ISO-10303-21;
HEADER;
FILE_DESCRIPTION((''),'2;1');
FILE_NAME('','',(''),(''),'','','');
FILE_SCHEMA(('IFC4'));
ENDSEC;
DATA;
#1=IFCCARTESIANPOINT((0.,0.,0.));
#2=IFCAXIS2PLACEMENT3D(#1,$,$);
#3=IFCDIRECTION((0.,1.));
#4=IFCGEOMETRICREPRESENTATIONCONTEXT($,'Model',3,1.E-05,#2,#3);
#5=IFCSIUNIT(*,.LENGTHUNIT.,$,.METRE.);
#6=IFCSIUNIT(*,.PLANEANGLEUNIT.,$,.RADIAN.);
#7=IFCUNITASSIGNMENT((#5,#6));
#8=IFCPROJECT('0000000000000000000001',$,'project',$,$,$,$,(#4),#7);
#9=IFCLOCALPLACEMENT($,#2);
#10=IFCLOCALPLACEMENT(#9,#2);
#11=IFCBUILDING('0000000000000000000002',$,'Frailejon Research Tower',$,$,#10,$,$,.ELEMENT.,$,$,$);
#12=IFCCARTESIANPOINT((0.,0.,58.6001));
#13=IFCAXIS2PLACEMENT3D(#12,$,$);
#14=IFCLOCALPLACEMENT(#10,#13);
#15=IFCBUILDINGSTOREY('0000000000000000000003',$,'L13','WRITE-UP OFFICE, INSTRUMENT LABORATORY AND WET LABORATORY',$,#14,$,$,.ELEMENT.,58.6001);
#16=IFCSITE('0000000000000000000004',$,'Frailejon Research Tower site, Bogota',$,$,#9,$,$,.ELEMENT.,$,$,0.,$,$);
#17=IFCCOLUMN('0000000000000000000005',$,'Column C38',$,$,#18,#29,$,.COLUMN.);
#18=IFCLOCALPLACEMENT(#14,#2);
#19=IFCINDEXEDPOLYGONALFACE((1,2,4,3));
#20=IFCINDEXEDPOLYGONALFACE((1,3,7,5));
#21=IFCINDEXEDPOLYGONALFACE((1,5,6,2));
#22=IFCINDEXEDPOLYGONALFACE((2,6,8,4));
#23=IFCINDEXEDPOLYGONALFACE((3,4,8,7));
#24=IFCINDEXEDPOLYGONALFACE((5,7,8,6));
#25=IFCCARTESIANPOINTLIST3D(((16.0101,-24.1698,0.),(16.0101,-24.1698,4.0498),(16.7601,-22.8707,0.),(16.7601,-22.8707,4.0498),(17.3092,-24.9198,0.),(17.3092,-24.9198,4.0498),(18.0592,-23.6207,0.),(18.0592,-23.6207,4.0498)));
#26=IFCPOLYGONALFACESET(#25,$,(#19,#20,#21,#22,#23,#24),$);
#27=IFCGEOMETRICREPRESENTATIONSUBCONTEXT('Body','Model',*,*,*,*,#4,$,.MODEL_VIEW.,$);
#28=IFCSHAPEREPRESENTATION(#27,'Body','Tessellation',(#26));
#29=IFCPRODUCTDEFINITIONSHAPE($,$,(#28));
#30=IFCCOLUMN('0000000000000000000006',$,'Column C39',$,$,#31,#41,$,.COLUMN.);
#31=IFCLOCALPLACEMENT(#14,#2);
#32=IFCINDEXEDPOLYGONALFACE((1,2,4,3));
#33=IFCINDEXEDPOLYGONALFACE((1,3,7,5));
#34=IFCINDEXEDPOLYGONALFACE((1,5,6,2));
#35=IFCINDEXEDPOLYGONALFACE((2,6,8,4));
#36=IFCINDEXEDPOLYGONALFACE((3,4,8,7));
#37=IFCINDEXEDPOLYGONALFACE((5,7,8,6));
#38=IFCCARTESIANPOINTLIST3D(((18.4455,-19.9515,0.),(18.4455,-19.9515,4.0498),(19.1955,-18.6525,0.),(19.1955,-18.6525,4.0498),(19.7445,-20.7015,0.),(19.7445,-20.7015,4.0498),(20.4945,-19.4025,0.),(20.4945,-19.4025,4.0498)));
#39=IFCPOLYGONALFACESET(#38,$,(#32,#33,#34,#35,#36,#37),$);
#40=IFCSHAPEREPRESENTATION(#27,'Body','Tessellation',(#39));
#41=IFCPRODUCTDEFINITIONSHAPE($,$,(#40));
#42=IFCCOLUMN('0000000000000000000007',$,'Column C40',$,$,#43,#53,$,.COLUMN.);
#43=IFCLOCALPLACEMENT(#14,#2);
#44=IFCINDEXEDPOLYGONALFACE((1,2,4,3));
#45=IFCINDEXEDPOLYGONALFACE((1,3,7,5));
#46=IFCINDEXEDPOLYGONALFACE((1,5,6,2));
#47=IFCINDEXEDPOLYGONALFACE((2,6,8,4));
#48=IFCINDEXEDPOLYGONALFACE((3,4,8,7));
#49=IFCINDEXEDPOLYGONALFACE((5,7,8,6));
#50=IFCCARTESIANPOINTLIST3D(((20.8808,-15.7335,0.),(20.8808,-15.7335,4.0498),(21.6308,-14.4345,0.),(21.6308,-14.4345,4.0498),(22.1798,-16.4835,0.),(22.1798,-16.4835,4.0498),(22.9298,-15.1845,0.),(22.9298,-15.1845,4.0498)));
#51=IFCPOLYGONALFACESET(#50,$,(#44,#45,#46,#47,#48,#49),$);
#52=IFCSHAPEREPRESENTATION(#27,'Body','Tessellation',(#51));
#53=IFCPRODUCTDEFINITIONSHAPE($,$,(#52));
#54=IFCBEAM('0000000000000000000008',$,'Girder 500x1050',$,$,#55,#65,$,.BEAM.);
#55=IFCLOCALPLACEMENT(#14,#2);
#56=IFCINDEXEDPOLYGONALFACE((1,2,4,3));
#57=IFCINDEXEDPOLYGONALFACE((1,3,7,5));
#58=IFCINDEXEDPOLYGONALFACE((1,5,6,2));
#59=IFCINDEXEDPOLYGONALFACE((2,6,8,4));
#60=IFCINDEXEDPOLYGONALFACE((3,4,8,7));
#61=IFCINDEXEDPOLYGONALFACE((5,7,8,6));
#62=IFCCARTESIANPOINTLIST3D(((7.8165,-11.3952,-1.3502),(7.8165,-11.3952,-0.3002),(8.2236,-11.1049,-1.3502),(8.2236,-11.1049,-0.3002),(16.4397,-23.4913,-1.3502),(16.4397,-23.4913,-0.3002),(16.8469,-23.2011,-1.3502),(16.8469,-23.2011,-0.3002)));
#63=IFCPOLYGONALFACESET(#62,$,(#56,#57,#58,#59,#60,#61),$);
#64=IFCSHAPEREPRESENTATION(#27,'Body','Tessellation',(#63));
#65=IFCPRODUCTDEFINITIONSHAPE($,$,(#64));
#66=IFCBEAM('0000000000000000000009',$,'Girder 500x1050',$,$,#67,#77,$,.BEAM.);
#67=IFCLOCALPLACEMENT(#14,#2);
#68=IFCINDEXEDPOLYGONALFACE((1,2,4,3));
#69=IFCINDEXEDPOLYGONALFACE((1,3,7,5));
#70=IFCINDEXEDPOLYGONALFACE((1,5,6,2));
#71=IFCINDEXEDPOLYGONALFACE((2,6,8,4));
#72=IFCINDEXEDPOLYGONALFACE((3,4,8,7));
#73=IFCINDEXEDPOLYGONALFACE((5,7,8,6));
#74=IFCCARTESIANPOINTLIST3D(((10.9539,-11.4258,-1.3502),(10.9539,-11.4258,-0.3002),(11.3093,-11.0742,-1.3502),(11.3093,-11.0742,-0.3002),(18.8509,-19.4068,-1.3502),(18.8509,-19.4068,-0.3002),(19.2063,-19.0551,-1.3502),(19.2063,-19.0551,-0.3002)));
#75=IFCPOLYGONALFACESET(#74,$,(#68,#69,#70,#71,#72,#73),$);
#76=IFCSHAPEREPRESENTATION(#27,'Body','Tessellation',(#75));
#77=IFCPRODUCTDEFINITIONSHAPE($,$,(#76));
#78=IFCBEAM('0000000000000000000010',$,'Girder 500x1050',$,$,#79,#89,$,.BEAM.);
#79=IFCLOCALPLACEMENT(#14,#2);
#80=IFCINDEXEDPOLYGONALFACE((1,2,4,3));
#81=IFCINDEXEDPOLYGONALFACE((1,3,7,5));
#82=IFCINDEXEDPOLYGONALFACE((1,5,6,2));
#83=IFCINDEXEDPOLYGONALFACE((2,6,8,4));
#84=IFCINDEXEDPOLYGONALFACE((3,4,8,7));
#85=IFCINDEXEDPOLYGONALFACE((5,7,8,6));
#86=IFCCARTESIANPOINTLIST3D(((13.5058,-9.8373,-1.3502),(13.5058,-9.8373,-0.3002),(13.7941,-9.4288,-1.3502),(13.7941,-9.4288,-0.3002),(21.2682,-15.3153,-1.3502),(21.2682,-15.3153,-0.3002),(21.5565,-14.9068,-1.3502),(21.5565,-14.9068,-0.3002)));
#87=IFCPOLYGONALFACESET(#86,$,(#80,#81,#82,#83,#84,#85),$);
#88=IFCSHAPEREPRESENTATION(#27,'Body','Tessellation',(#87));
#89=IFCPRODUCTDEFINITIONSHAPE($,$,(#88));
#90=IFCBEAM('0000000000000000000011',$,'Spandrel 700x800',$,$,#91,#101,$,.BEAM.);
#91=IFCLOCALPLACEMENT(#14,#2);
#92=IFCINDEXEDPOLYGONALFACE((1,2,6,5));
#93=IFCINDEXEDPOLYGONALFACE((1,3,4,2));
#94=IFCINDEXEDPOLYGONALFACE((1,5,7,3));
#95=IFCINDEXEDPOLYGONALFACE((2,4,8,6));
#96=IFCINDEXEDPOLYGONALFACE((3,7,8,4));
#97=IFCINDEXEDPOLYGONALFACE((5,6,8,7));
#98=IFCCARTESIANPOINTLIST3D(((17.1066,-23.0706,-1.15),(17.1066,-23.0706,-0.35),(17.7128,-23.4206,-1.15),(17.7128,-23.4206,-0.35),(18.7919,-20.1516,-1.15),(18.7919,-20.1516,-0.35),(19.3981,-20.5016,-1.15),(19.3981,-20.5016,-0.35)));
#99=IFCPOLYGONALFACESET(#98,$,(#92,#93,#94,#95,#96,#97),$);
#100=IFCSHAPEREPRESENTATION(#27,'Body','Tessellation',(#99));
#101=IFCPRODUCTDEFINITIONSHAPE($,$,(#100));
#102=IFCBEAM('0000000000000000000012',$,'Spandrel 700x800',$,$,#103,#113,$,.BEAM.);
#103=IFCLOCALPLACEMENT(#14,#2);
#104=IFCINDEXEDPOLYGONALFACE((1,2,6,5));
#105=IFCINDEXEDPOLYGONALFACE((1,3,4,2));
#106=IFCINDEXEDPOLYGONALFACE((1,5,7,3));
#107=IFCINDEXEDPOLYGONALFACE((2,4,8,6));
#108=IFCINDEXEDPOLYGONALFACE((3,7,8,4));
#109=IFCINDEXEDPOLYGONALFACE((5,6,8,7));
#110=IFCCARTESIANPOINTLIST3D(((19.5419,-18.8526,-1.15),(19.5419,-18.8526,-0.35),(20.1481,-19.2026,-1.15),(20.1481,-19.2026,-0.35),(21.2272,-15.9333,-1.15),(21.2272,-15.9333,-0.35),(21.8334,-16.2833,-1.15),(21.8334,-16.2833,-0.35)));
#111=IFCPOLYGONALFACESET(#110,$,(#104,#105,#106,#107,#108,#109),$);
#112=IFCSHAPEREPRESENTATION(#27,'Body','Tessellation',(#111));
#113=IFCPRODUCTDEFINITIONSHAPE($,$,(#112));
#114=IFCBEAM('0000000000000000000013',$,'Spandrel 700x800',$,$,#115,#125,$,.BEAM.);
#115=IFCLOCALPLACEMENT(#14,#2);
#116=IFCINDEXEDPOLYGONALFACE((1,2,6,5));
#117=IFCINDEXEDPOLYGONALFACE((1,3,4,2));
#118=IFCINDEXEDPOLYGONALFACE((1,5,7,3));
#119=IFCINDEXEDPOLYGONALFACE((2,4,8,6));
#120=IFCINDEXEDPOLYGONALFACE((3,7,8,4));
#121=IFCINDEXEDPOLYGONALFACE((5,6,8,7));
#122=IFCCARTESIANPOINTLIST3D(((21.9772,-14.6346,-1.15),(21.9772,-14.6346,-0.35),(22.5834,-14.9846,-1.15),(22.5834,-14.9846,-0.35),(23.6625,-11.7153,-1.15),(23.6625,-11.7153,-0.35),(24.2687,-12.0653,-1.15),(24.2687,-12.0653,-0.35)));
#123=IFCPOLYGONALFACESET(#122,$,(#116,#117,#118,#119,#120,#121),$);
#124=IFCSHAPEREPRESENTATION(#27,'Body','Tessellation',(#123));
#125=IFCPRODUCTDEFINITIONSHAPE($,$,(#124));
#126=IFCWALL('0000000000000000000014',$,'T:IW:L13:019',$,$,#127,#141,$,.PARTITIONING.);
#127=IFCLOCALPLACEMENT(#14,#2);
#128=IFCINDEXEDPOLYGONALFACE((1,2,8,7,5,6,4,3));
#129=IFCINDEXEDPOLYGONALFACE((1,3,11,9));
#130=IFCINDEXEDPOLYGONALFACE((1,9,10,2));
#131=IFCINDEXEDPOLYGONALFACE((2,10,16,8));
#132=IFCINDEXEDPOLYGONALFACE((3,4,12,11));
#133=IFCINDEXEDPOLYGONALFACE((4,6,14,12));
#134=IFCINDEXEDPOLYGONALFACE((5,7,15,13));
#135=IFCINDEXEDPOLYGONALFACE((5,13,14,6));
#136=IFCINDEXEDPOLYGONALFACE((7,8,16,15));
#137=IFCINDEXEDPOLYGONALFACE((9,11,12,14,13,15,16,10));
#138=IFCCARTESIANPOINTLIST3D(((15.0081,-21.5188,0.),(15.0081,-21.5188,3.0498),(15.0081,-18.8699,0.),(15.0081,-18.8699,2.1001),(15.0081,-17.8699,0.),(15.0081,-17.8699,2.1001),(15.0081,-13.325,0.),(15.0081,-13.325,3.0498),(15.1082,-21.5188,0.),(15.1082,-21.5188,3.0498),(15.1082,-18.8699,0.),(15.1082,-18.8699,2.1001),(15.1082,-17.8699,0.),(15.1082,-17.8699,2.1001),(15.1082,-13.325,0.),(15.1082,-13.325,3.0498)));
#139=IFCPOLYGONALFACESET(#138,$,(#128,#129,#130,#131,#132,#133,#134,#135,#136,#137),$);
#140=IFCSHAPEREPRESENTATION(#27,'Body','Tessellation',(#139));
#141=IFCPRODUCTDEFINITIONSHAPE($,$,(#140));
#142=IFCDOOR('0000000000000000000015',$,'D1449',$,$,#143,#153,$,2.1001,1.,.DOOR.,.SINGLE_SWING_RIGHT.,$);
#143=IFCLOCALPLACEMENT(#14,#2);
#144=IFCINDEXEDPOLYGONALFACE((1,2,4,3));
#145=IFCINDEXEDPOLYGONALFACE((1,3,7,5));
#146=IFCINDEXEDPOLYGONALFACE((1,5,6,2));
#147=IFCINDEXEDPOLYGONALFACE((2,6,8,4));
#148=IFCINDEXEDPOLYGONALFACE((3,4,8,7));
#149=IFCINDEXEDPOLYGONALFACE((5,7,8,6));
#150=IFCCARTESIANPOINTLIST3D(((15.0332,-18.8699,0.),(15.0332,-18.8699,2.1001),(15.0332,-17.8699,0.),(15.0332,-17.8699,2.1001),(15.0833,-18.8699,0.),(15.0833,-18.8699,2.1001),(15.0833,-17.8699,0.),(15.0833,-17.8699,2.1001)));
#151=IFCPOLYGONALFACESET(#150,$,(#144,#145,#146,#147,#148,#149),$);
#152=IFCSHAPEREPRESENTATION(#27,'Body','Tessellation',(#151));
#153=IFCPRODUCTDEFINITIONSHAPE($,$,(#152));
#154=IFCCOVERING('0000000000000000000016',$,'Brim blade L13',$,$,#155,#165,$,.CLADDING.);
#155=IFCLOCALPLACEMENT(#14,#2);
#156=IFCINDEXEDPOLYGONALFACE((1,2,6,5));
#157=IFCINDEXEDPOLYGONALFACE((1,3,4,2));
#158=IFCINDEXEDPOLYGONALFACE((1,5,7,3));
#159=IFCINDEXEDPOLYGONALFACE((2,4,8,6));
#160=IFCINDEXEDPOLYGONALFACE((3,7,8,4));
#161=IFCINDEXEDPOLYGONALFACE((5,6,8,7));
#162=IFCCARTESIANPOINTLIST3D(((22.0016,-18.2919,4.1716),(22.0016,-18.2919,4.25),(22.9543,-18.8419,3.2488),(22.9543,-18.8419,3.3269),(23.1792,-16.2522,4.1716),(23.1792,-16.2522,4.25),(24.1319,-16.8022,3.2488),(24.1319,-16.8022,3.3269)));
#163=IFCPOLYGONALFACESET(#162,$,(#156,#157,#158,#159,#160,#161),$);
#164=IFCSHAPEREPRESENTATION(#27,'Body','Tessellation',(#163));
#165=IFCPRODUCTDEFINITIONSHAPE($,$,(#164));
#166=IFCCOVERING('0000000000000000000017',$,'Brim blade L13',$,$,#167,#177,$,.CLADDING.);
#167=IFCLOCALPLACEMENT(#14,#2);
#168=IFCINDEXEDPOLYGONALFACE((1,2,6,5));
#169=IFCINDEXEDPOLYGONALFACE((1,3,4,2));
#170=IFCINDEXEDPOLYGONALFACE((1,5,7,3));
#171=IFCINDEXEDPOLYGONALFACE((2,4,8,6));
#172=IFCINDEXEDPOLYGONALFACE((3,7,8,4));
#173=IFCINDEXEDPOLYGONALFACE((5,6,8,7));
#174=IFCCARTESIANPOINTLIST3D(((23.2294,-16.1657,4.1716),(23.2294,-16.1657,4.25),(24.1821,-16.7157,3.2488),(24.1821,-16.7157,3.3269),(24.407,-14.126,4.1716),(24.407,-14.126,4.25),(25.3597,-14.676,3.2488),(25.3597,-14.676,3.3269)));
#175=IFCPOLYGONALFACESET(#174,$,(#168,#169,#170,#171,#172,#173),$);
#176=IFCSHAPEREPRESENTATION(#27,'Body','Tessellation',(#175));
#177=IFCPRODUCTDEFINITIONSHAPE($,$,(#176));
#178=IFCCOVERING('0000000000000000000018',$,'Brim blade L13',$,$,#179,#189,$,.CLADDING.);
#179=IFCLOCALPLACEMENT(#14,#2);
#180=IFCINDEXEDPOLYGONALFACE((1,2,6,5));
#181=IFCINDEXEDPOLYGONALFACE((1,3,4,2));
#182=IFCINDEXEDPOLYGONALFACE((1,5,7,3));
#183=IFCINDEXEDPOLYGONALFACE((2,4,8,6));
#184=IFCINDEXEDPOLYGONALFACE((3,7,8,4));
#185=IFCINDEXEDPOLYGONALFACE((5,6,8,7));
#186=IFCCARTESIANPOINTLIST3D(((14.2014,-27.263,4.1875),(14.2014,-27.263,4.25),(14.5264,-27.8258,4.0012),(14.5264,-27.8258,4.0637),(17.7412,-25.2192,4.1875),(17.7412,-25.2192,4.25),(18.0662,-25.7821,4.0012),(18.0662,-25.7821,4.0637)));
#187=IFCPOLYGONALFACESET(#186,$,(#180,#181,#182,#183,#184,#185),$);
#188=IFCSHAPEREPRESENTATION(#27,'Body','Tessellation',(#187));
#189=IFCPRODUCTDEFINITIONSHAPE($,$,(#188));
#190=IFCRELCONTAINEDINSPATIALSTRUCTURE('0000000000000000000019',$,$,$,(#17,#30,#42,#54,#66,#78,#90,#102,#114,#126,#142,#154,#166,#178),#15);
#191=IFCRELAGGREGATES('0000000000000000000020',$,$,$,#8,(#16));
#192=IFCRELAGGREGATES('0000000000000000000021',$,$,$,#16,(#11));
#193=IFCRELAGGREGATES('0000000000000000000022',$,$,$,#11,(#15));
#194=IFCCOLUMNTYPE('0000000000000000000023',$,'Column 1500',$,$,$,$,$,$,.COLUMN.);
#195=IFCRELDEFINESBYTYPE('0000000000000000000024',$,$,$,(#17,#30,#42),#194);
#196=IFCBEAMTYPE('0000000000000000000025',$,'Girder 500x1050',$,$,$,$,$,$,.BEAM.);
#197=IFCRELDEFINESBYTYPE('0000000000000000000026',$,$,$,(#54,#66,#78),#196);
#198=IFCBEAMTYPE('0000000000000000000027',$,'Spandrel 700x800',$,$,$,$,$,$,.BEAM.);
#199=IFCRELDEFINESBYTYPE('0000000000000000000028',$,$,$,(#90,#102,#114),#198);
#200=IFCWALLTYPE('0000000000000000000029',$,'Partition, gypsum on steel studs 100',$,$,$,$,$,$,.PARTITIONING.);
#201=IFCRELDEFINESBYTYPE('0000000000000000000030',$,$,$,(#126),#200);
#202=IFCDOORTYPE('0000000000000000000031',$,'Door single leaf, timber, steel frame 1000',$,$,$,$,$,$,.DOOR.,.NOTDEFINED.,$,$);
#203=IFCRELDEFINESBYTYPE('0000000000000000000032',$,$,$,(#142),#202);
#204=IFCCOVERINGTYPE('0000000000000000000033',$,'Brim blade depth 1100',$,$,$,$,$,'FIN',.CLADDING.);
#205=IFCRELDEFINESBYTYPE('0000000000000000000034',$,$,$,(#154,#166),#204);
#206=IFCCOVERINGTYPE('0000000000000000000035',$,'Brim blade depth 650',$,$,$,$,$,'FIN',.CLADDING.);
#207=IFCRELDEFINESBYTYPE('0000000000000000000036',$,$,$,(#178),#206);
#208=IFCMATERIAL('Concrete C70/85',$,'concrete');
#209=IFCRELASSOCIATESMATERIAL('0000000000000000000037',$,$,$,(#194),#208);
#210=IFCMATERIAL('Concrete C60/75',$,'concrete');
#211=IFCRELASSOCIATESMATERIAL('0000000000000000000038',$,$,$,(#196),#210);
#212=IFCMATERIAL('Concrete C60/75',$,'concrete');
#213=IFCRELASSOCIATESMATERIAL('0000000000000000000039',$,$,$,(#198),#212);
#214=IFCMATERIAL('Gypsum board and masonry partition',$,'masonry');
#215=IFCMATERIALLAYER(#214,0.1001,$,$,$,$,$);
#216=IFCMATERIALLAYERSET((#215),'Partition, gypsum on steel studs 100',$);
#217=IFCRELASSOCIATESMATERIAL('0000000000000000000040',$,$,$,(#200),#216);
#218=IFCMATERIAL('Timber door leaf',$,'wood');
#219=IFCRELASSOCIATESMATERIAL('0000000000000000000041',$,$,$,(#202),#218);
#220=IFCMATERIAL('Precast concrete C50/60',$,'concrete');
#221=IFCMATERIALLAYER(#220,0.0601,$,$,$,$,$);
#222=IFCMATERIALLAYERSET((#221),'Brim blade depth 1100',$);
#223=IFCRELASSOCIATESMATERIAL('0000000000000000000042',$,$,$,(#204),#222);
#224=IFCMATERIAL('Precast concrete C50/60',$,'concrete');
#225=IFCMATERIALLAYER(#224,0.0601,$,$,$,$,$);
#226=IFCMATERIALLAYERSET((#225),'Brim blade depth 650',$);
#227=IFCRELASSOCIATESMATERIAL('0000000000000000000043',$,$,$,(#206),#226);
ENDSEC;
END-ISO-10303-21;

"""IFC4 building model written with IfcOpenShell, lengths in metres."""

from ifc_helpers import new_model, si_unit, direction, frame, frame_2d, origin, origin_2d, place, context, subcontext, project, spatial, polyline, rectangle, outline, extrude, material, layer, layer_set, material_profile, profile_set, type_object, element, fill, save


model = new_model("IFC4")

# Units and contexts
model_context = context("Model", 3, precision=1e-05, world=origin(), true_north=direction((0.0, 1.0)))
body_context = subcontext(model_context, "Body", "Model", "MODEL_VIEW")
ifc_project = project(units=[si_unit("LENGTHUNIT", "METRE"), si_unit("PLANEANGLEUNIT", "RADIAN")], contexts=[model_context])

# Site, building, storey
site_placement = place(None, origin())
site = spatial("IfcSite", under=ifc_project, at=site_placement, Name="Frailejon Research Tower site, Bogota", CompositionType="ELEMENT", RefElevation=0.0)
building_placement = place(site_placement, origin())
building = spatial("IfcBuilding", under=site, at=building_placement, Name="Frailejon Research Tower", CompositionType="ELEMENT")
storey_placement = place(building_placement, frame((0.0, 0.0, 58.6001)))
storey = spatial("IfcBuildingStorey", under=building, at=storey_placement, Name="L13", Description="WRITE-UP OFFICE, INSTRUMENT LABORATORY AND WET LABORATORY", CompositionType="ELEMENT", Elevation=58.6001)

# Columns
ifc_material_1 = material(Name="Concrete C70/85", Category="concrete")
ifc_material_profile_1 = material_profile(ifc_material_1, rectangle(XDim=1.5, YDim=1.5, at=origin_2d()), Name="Column 1500")
ifc_profile_set_1 = profile_set([ifc_material_profile_1], Name="Concrete C70/85")
column_type = type_object("IfcColumnType", Name="Column 1500", PredefinedType="COLUMN", material=ifc_profile_set_1)
for number, where, z_axis, x_axis, name in (
    (1, (17.0347, -23.8953, 0.0), (0.0, 0.0, 1.0), (0.5, 0.866025, 0.0), "Column C38"),
    (2, (19.47, -19.677, 0.0), (0.0, 0.0, 1.0), (0.5, 0.866025, 0.0), "Column C39"),
    (3, (21.9053, -15.459, 0.0), (0.0, 0.0, 1.0), (0.5, 0.866025, 0.0), "Column C40"),
):
    element("IfcColumn", number, at=place(storey_placement, frame(where, z_axis=z_axis, x_axis=x_axis)), inside=storey, type_object=column_type, Name=name, PredefinedType="COLUMN", context=body_context, shape_type="SweptSolid", body=[
        extrude(rectangle(XDim=1.5, YDim=1.5, at=origin_2d()), origin(), (0.0, 0.0, 1.0), 4.0498),
    ])

# Beams
ifc_material_2 = material(Name="Concrete C60/75", Category="concrete")
ifc_material_profile_2 = material_profile(ifc_material_2, rectangle(XDim=0.5, YDim=1.05, at=origin_2d()), Name="Girder 500x1050")
ifc_profile_set_2 = profile_set([ifc_material_profile_2], Name="Concrete C60/75")
beam_type_1 = type_object("IfcBeamType", Name="Girder 500x1050", PredefinedType="BEAM", material=ifc_profile_set_2)
beam_1_placement = place(storey_placement, frame((16.6433, -23.3462, -0.8252), z_axis=(-0.580487, 0.814269, 0.0), x_axis=(-0.814269, -0.580487, 0.0)))
element("IfcBeam", 4, at=beam_1_placement, inside=storey, type_object=beam_type_1, Name="Girder 500x1050", PredefinedType="BEAM", context=body_context, shape_type="SweptSolid", body=[
    extrude(rectangle(XDim=0.5, YDim=1.05, at=origin_2d()), origin(), (0.0, 0.0, 1.0), 14.8552),
])
beam_2_placement = place(storey_placement, frame((19.0286, -19.231, -0.8252), z_axis=(-0.703357, 0.710837, 0.0), x_axis=(-0.710837, -0.703357, 0.0)))
element("IfcBeam", 5, at=beam_2_placement, inside=storey, type_object=beam_type_1, Name="Girder 500x1050", PredefinedType="BEAM", context=body_context, shape_type="SweptSolid", body=[
    extrude(rectangle(XDim=0.5, YDim=1.05, at=origin_2d()), origin(), (0.0, 0.0, 1.0), 11.2275),
])
beam_3_placement = place(storey_placement, frame((21.4124, -15.1111, -0.8252), z_axis=(-0.817035, 0.576588, 0.0), x_axis=(-0.576588, -0.817035, 0.0)))
element("IfcBeam", 6, at=beam_3_placement, inside=storey, type_object=beam_type_1, Name="Girder 500x1050", PredefinedType="BEAM", context=body_context, shape_type="SweptSolid", body=[
    extrude(rectangle(XDim=0.5, YDim=1.05, at=origin_2d()), origin(), (0.0, 0.0, 1.0), 9.5007),
])
ifc_material_3 = material(Name="Concrete C60/75", Category="concrete")
ifc_material_profile_3 = material_profile(ifc_material_3, rectangle(XDim=0.7, YDim=0.8, at=origin_2d()), Name="Spandrel 700x800")
ifc_profile_set_3 = profile_set([ifc_material_profile_3], Name="Concrete C60/75")
beam_type_2 = type_object("IfcBeamType", Name="Spandrel 700x800", PredefinedType="BEAM", material=ifc_profile_set_3)
beam_4_placement = place(storey_placement, frame((17.4097, -23.2456, -0.75), z_axis=(0.500011, 0.866019, 0.0), x_axis=(-0.866019, 0.500011, 0.0)))
element("IfcBeam", 7, at=beam_4_placement, inside=storey, type_object=beam_type_2, Name="Spandrel 700x800", PredefinedType="BEAM", context=body_context, shape_type="SweptSolid", body=[
    extrude(rectangle(XDim=0.7, YDim=0.8, at=origin_2d()), origin(), (0.0, 0.0, 1.0), 3.3706),
])
for number, where, z_axis, x_axis, name in (
    (8, (19.845, -19.0276, -0.75), (0.49998, 0.866037, 0.0), (-0.866037, 0.49998, 0.0), "Spandrel 700x800"),
    (9, (22.2803, -14.8096, -0.75), (0.49998, 0.866037, 0.0), (-0.866037, 0.49998, 0.0), "Spandrel 700x800"),
):
    element("IfcBeam", number, at=place(storey_placement, frame(where, z_axis=z_axis, x_axis=x_axis)), inside=storey, type_object=beam_type_2, Name=name, PredefinedType="BEAM", context=body_context, shape_type="SweptSolid", body=[
        extrude(rectangle(XDim=0.7, YDim=0.8, at=origin_2d()), origin(), (0.0, 0.0, 1.0), 3.3708),
    ])

# Wall, opening, door
ifc_material_4 = material(Name="Gypsum board and masonry partition", Category="masonry")
ifc_layer_1 = layer(ifc_material_4, 0.1001)
ifc_layer_set_1 = layer_set([ifc_layer_1], Name="Partition, gypsum on steel studs 100")
wall_type = type_object("IfcWallType", Name="Partition, gypsum on steel studs 100", PredefinedType="PARTITIONING", material=ifc_layer_set_1)
wall_placement = place(storey_placement, frame((15.0581, -21.5188, 0.0), z_axis=(0.0, 0.0, 1.0), x_axis=(0.0, 1.0, 0.0)))
wall = element("IfcWall", 10, at=wall_placement, inside=storey, type_object=wall_type, Name="T:IW:L13:019", PredefinedType="PARTITIONING", context=body_context, shape_type="SweptSolid", body=[
    extrude(rectangle(XDim=8.1938, YDim=0.1001, at=frame_2d((4.0969, 0.0))), origin(), (0.0, 0.0, 1.0), 3.0498),
])
opening_placement = place(wall_placement, frame((2.6489, 0.0, 0.0)))
opening = element("IfcOpeningElement", 11, at=opening_placement, cuts=wall, PredefinedType="OPENING", context=body_context, shape_type="SweptSolid", body=[
    extrude(rectangle(XDim=1.0, YDim=2.1001, at=frame_2d((0.5, 1.05))), frame((0.0, 0.0601, 0.0), z_axis=(0.0, -1.0, 0.0), x_axis=(1.0, 0.0, 0.0)), (0.0, 0.0, 1.0), 0.1201),
])
ifc_material_5 = material(Name="Timber door leaf", Category="wood")
door_type = type_object("IfcDoorType", Name="Door single leaf, timber, steel frame 1000", OperationType="NOTDEFINED", PredefinedType="DOOR", material=ifc_material_5)
door_placement = place(opening_placement, origin())
door = element("IfcDoor", 12, at=door_placement, inside=storey, type_object=door_type, Name="D1449", OperationType="SINGLE_SWING_RIGHT", OverallHeight=2.1001, OverallWidth=1.0, PredefinedType="DOOR", context=body_context, shape_type="SweptSolid", body=[
    extrude(rectangle(XDim=1.0, YDim=2.1001, at=frame_2d((0.5, 1.05))), frame((0.0, 0.0249, 0.0), z_axis=(0.0, -1.0, 0.0), x_axis=(1.0, 0.0, 0.0)), (0.0, 0.0, 1.0), 0.05),
])
fill(opening, door)

# Coverings
ifc_material_6 = material(Name="Precast concrete C50/60", Category="concrete")
ifc_layer_2 = layer(ifc_material_6, 0.0601)
ifc_layer_set_2 = layer_set([ifc_layer_2], Name="Brim blade depth 1100")
covering_type_1 = type_object("IfcCoveringType", Name="Brim blade depth 1100", ElementType="FIN", PredefinedType="CLADDING", material=ifc_layer_set_2)
for number, where, z_axis, x_axis, name in (
    (13, (23.1792, -16.2522, 4.25), (-0.499997, -0.866027, 0.0), (0.866027, -0.499997, 0.0), "Brim blade L13"),
    (14, (24.407, -14.126, 4.25), (-0.500006, -0.866022, 0.0), (0.866022, -0.500006, 0.0), "Brim blade L13"),
):
    element("IfcCovering", number, at=place(storey_placement, frame(where, z_axis=z_axis, x_axis=x_axis)), inside=storey, type_object=covering_type_1, Name=name, PredefinedType="CLADDING", context=body_context, shape_type="SweptSolid", body=[
        extrude(outline(polyline([(0.0, -0.0784), (1.1001, -1.0012), (1.1001, -0.9231), (0.0, 0.0), (0.0, -0.0784)])), origin(), (0.0, 0.0, 1.0), 2.3552),
    ])
ifc_material_7 = material(Name="Precast concrete C50/60", Category="concrete")
ifc_layer_3 = layer(ifc_material_7, 0.0601)
ifc_layer_set_3 = layer_set([ifc_layer_3], Name="Brim blade depth 650")
covering_type_2 = type_object("IfcCoveringType", Name="Brim blade depth 650", ElementType="FIN", PredefinedType="CLADDING", material=ifc_layer_set_3)
covering_1_placement = place(storey_placement, frame((17.7412, -25.2192, 4.25), z_axis=(-0.866021, -0.500007, 0.0), x_axis=(0.500007, -0.866021, 0.0)))
element("IfcCovering", 15, at=covering_1_placement, inside=storey, type_object=covering_type_2, Name="Brim blade L13", PredefinedType="CLADDING", context=body_context, shape_type="SweptSolid", body=[
    extrude(outline(polyline([(0.0, -0.0625), (0.6499, -0.2488), (0.6499, -0.1863), (0.0, 0.0), (0.0, -0.0625)])), origin(), (0.0, 0.0, 1.0), 4.0874),
])

save(model, "model.ifc")
